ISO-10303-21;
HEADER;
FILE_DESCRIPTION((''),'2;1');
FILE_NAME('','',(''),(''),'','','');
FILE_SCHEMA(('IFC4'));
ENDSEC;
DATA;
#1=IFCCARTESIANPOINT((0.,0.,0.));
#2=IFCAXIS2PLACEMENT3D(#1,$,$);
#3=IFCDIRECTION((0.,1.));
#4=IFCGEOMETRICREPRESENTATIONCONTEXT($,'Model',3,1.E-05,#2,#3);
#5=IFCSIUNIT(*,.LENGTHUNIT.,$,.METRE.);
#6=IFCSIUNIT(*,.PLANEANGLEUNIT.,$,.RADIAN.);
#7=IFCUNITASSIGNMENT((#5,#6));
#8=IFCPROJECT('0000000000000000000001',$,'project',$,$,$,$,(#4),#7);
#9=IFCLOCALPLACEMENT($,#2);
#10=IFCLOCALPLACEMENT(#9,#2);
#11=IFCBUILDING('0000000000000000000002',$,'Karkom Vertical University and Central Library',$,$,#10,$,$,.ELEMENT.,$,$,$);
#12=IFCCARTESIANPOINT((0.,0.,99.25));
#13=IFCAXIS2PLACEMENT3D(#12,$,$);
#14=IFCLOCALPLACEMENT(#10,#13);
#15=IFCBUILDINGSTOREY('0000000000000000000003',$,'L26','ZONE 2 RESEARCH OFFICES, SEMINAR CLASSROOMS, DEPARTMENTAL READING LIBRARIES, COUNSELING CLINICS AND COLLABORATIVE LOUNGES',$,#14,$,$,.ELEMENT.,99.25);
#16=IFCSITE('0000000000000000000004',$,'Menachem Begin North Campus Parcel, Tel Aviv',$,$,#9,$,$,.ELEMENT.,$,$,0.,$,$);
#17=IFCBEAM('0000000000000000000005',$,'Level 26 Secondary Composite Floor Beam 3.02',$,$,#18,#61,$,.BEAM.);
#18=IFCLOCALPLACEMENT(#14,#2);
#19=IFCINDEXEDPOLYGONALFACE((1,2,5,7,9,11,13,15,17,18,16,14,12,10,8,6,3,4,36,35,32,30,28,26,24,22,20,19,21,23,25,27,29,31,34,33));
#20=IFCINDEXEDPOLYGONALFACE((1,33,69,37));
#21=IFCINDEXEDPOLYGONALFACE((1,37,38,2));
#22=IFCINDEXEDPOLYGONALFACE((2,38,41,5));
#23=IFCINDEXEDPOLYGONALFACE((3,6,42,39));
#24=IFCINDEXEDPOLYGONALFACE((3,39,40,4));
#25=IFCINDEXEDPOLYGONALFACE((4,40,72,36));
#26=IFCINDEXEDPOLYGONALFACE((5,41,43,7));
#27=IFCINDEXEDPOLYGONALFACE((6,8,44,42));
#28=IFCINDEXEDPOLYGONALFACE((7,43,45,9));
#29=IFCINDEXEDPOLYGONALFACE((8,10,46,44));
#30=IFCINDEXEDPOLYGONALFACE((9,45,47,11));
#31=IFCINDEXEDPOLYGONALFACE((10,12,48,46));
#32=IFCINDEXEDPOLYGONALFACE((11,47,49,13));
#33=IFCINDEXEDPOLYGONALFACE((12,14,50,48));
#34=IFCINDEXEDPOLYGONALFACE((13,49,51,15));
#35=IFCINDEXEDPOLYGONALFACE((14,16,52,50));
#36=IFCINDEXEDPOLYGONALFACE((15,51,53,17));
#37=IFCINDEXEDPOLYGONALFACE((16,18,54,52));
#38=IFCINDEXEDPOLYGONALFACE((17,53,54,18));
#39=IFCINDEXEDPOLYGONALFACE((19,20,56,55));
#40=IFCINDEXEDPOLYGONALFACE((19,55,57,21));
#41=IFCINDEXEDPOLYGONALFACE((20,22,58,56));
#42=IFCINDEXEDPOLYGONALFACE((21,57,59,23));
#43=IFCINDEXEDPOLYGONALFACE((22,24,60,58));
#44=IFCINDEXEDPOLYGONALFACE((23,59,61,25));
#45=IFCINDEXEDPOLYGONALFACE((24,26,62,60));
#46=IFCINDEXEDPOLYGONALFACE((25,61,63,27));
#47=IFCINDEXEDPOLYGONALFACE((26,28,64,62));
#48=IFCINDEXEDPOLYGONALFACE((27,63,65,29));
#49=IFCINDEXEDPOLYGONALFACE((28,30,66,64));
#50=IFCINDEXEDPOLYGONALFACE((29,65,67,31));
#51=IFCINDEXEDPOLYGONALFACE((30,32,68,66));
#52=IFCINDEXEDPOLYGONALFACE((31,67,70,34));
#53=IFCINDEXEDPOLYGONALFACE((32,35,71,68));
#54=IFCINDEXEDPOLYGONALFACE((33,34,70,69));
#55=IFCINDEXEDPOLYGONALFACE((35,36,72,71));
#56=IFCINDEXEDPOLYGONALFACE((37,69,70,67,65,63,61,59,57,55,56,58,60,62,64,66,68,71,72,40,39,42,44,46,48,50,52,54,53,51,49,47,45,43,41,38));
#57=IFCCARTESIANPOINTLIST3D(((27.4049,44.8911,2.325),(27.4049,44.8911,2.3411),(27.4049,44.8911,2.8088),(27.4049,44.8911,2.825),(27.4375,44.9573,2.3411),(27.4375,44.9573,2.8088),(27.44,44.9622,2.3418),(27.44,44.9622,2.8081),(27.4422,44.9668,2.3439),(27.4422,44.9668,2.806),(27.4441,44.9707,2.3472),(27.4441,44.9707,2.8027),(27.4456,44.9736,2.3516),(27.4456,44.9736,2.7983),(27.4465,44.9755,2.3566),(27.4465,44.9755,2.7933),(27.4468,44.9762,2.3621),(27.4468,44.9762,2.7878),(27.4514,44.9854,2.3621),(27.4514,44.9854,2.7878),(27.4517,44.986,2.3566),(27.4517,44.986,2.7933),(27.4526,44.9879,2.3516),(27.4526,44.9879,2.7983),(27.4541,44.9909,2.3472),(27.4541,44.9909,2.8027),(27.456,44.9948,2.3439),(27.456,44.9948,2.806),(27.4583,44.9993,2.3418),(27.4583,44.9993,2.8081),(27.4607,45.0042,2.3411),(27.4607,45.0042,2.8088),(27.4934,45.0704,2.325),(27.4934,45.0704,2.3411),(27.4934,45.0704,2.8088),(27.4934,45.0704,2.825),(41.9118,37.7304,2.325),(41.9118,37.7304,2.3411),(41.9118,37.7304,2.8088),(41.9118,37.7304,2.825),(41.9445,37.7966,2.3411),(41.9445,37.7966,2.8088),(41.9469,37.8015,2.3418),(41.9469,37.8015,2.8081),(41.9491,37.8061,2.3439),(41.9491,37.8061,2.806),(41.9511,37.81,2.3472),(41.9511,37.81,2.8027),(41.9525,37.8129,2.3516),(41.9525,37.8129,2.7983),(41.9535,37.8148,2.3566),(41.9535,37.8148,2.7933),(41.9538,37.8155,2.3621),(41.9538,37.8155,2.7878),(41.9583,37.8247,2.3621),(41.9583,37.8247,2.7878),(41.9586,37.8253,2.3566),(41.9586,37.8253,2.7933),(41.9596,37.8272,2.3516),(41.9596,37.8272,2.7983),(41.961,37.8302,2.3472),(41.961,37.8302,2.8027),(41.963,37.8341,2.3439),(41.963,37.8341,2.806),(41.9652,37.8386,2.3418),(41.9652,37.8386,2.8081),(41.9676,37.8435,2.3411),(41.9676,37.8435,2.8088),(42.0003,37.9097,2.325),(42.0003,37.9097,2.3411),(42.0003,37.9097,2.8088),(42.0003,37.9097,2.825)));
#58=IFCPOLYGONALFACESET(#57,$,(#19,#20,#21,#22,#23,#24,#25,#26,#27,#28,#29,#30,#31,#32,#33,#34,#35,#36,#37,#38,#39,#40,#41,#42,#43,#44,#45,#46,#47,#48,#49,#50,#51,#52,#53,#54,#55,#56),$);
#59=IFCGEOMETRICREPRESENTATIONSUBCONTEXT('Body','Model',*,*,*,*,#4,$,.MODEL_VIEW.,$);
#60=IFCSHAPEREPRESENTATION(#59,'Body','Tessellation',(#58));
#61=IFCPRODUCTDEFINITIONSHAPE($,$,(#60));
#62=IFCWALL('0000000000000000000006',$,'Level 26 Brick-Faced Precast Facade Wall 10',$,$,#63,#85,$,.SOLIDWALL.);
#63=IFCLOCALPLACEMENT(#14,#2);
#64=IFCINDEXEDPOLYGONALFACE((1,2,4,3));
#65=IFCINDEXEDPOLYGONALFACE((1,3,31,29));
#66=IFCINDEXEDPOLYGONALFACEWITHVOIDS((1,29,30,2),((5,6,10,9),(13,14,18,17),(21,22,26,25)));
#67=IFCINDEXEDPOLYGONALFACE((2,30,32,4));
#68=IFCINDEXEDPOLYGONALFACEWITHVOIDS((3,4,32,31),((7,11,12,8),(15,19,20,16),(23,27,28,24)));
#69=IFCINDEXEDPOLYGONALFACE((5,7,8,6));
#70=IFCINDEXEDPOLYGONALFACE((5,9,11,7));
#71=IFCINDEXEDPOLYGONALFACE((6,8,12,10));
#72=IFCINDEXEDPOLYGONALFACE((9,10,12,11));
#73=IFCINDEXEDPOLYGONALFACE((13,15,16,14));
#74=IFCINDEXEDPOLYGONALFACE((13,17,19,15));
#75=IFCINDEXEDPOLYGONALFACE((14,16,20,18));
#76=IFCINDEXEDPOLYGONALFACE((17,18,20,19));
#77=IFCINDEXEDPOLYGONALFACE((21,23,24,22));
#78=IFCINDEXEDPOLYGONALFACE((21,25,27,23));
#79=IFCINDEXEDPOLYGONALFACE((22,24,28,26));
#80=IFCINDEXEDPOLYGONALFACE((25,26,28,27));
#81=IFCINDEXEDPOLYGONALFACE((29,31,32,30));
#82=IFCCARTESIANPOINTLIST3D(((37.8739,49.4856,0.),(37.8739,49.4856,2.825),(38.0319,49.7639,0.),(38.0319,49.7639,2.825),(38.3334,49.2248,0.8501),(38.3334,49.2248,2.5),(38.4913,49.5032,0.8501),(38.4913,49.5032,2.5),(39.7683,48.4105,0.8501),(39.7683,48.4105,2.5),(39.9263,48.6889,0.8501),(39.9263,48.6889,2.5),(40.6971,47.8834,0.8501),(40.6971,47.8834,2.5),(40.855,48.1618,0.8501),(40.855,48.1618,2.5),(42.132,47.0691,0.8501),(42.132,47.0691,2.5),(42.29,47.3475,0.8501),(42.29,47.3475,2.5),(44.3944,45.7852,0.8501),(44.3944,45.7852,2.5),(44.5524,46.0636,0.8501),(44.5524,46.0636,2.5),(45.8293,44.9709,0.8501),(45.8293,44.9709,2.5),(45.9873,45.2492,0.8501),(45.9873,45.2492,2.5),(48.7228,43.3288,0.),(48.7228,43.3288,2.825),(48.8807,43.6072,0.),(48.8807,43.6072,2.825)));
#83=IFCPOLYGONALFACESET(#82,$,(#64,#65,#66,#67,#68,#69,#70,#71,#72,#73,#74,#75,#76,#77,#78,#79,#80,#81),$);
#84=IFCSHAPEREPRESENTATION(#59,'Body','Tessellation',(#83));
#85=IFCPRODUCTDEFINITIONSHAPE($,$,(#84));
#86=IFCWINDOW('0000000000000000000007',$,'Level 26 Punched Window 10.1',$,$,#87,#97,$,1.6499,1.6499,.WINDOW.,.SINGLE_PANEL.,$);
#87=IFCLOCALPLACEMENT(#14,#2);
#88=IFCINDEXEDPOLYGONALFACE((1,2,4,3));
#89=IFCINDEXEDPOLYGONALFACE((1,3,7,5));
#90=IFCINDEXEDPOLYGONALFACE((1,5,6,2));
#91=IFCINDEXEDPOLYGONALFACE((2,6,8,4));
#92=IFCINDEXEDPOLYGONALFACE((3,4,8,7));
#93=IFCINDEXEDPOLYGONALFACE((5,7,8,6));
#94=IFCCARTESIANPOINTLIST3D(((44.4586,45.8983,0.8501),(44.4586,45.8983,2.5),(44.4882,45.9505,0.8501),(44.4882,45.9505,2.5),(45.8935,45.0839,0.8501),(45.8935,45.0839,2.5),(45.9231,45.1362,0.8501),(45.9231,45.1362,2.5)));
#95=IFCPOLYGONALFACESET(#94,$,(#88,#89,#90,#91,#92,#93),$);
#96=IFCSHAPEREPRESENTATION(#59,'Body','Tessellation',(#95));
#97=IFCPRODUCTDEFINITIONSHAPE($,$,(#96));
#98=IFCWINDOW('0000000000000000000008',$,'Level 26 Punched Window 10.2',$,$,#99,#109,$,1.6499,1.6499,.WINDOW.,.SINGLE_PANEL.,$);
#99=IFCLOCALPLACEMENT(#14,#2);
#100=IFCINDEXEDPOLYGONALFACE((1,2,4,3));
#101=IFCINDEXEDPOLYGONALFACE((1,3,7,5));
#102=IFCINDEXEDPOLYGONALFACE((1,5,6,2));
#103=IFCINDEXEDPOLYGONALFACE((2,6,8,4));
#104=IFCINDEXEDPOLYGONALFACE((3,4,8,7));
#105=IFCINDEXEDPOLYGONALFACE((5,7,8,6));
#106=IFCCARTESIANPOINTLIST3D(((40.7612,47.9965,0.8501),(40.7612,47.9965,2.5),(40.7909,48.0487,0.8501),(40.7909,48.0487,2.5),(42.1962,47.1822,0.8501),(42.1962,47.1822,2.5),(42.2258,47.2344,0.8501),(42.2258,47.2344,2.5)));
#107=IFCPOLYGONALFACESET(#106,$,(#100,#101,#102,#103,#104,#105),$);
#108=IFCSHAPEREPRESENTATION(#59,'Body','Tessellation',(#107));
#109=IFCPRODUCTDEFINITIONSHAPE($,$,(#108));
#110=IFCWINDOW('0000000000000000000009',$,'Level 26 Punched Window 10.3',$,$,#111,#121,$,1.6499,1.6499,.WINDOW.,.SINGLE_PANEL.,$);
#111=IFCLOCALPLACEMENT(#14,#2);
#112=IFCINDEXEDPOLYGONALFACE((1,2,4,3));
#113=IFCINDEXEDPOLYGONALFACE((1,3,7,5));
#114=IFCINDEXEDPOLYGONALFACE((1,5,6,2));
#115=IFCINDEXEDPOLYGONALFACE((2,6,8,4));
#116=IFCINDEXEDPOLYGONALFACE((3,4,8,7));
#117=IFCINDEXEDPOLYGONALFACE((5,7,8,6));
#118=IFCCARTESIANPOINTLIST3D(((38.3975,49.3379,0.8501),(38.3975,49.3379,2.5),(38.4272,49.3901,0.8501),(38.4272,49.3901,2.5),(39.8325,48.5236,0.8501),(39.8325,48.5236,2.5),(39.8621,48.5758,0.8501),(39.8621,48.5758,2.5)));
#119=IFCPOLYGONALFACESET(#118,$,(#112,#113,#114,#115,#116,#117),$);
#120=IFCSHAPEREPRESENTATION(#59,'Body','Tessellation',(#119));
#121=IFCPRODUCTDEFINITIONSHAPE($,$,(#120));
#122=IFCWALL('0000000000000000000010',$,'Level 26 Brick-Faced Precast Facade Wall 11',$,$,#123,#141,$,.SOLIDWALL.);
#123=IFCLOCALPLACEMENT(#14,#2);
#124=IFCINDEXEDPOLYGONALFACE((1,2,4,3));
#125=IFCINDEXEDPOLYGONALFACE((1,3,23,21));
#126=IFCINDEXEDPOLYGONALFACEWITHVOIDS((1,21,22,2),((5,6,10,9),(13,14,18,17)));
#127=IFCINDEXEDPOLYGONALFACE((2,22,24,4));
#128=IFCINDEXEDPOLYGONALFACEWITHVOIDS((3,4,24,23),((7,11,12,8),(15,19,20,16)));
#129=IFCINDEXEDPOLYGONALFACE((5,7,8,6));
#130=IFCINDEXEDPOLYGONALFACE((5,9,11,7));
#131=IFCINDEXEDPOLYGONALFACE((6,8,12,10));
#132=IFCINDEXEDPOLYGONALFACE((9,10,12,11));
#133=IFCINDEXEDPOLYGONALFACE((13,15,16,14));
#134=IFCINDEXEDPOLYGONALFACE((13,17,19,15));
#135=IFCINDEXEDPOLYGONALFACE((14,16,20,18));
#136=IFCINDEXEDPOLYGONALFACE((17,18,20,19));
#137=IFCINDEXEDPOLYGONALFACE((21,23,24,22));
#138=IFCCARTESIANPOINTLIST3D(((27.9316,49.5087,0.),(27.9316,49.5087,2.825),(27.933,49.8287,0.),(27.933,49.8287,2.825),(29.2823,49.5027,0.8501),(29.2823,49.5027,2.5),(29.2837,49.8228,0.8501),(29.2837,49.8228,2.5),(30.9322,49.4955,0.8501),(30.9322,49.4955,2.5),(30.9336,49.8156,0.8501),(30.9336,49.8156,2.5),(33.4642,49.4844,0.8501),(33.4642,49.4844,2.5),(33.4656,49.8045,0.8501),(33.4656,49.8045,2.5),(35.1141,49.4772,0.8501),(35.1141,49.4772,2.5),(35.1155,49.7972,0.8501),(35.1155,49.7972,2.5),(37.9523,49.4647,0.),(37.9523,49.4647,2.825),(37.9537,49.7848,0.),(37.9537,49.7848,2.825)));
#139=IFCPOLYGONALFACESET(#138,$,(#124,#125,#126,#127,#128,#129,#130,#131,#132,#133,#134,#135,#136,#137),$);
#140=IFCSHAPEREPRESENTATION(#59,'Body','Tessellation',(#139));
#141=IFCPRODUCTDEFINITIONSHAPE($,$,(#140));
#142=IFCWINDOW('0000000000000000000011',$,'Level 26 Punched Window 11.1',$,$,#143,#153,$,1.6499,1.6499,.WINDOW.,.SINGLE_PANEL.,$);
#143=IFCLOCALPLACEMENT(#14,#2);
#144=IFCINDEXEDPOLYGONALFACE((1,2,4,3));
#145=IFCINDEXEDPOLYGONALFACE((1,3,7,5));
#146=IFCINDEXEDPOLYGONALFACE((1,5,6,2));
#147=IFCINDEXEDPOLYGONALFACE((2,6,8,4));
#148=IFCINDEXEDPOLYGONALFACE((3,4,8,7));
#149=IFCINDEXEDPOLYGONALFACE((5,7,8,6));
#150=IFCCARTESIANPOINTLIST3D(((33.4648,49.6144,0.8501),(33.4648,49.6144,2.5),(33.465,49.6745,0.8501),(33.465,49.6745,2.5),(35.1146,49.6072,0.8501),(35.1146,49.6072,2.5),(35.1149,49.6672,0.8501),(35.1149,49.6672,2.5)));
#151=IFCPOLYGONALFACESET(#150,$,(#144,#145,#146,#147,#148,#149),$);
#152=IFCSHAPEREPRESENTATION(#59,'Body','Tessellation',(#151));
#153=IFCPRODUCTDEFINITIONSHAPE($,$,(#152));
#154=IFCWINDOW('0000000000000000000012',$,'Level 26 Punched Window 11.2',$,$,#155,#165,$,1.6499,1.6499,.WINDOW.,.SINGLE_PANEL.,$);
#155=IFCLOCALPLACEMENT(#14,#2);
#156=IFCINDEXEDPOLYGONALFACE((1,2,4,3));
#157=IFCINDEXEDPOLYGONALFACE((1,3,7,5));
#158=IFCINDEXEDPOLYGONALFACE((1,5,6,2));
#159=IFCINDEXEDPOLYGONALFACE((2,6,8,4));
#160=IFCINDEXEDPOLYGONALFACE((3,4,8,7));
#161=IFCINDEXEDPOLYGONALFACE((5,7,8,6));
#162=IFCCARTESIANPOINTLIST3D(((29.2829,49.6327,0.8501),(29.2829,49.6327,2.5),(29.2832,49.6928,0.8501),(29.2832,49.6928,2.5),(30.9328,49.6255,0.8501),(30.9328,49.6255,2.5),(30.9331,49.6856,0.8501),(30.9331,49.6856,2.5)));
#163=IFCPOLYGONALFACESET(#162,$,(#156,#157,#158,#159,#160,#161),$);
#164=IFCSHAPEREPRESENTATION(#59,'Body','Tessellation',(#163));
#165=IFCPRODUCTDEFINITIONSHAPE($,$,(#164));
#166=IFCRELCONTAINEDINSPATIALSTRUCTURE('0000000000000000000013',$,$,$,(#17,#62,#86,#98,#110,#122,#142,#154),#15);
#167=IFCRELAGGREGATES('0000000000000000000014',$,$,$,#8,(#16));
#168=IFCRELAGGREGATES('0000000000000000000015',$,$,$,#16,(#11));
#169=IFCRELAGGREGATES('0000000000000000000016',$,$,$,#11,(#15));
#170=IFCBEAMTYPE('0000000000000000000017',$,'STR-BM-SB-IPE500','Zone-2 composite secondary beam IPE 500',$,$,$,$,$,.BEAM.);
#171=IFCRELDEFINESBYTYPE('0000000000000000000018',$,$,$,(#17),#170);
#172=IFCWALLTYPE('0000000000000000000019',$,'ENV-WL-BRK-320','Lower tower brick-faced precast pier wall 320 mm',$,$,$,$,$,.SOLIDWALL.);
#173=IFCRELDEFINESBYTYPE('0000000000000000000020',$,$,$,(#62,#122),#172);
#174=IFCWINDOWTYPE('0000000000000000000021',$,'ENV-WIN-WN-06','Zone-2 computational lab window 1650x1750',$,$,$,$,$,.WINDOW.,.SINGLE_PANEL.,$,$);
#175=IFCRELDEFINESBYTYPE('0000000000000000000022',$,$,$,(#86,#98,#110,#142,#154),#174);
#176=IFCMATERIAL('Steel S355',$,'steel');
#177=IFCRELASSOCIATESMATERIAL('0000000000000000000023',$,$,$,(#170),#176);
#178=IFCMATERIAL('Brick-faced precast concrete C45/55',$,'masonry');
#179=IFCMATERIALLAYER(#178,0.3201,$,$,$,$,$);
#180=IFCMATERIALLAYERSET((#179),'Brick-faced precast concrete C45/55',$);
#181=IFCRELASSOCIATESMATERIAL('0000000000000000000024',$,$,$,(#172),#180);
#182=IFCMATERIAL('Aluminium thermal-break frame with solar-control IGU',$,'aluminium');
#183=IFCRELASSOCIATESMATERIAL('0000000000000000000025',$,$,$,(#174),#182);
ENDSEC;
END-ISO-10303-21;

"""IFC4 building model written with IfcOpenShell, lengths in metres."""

from ifc_helpers import new_model, si_unit, direction, frame, frame_2d, origin, origin_with_axes, origin_2d, place, context, subcontext, project, spatial, rectangle, i_section, extrude, source, transform, mapped, material, layer, layer_set, material_profile, profile_set, type_object, element, fill, save


model = new_model("IFC4")

# Units and contexts
model_context = context("Model", 3, precision=1e-05, world=origin(), true_north=direction((0.0, 1.0)))
body_context = subcontext(model_context, "Body", "Model", "MODEL_VIEW")
ifc_project = project(units=[si_unit("LENGTHUNIT", "METRE"), si_unit("PLANEANGLEUNIT", "RADIAN")], contexts=[model_context])

# Site, building, storey
site_placement = place(None, origin())
site = spatial("IfcSite", under=ifc_project, at=site_placement, Name="Menachem Begin North Campus Parcel, Tel Aviv", CompositionType="ELEMENT", RefElevation=0.0)
building_placement = place(site_placement, origin())
building = spatial("IfcBuilding", under=site, at=building_placement, Name="Karkom Vertical University and Central Library", CompositionType="ELEMENT")
storey_placement = place(building_placement, frame((0.0, 0.0, 99.25)))
storey = spatial("IfcBuildingStorey", under=building, at=storey_placement, Name="L26", Description="ZONE 2 RESEARCH OFFICES, SEMINAR CLASSROOMS, DEPARTMENTAL READING LIBRARIES, COUNSELING CLINICS AND COLLABORATIVE LOUNGES", CompositionType="ELEMENT", Elevation=99.25)

# Beam
ifc_material_1 = material(Name="Steel S355", Category="steel")
ifc_material_profile_1 = material_profile(ifc_material_1, i_section(OverallWidth=0.2, OverallDepth=0.5, WebThickness=0.0103, FlangeThickness=0.0161, FilletRadius=0.021, at=origin_2d()), Name="IPE 500")
ifc_profile_set_1 = profile_set([ifc_material_profile_1], Name="Steel S355")
beam_type_1 = type_object("IfcBeamType", Name="STR-BM-SB-IPE500", Description="Zone-2 composite secondary beam IPE 500", PredefinedType="BEAM", material=ifc_profile_set_1)
shared_shape_1 = source(origin_with_axes(), body_context, "Body", "SweptSolid", [
    extrude(i_section(OverallWidth=0.2, OverallDepth=0.5, WebThickness=0.0103, FlangeThickness=0.0161, FilletRadius=0.021, at=origin_2d()), origin(), (0.0, 0.0, 1.0), 16.178),
])
beam_1_placement = place(storey_placement, frame((41.9561, 37.8201, 2.575), z_axis=(-0.896709, 0.44262, 0.0), x_axis=(-0.44262, -0.896709, 0.0)))
element("IfcBeam", 1, at=beam_1_placement, inside=storey, type_object=beam_type_1, Name="Level 26 Secondary Composite Floor Beam 3.02", PredefinedType="BEAM", context=body_context, shape_type="MappedRepresentation", body=[
    mapped(shared_shape_1, transform((0.0, 0.0, 0.0), scale=1.0)),
])

# Walls, openings, windows
ifc_material_2 = material(Name="Brick-faced precast concrete C45/55", Category="masonry")
ifc_layer_1 = layer(ifc_material_2, 0.3201)
ifc_layer_set_1 = layer_set([ifc_layer_1], Name="Brick-faced precast concrete C45/55")
wall_type_1 = type_object("IfcWallType", Name="ENV-WL-BRK-320", Description="Lower tower brick-faced precast pier wall 320 mm", PredefinedType="SOLIDWALL", material=ifc_layer_set_1)
wall_1_placement = place(storey_placement, frame((48.8018, 43.468, 0.0), z_axis=(0.0, 0.0, 1.0), x_axis=(-0.869711, 0.493561, 0.0)))
wall_1 = element("IfcWall", 2, at=wall_1_placement, inside=storey, type_object=wall_type_1, Name="Level 26 Brick-Faced Precast Facade Wall 10", PredefinedType="SOLIDWALL", context=body_context, shape_type="SweptSolid", body=[
    extrude(rectangle(XDim=12.4741, YDim=0.3201, at=frame_2d((6.2371, 0.0))), origin(), (0.0, 0.0, 1.0), 2.825),
])
opening_1_placement = place(wall_1_placement, frame((3.3269, 0.0, 0.8501)))
opening_1 = element("IfcOpeningElement", 3, at=opening_1_placement, cuts=wall_1, PredefinedType="OPENING", context=body_context, shape_type="SweptSolid", body=[
    extrude(rectangle(XDim=1.6499, YDim=1.6499, at=frame_2d((0.825, 0.825))), frame((0.0, 0.1699, 0.0), z_axis=(0.0, -1.0, 0.0), x_axis=(1.0, 0.0, 0.0)), (0.0, 0.0, 1.0), 0.3401),
])
opening_2_placement = place(wall_1_placement, frame((7.5781, 0.0, 0.8501)))
opening_2 = element("IfcOpeningElement", 4, at=opening_2_placement, cuts=wall_1, PredefinedType="OPENING", context=body_context, shape_type="SweptSolid", body=[
    extrude(rectangle(XDim=1.6499, YDim=1.6499, at=frame_2d((0.825, 0.825))), frame((0.0, 0.1699, 0.0), z_axis=(0.0, -1.0, 0.0), x_axis=(1.0, 0.0, 0.0)), (0.0, 0.0, 1.0), 0.3401),
])
opening_3_placement = place(wall_1_placement, frame((10.2959, 0.0, 0.8501)))
opening_3 = element("IfcOpeningElement", 5, at=opening_3_placement, cuts=wall_1, PredefinedType="OPENING", context=body_context, shape_type="SweptSolid", body=[
    extrude(rectangle(XDim=1.6499, YDim=1.6499, at=frame_2d((0.825, 0.825))), frame((0.0, 0.1699, 0.0), z_axis=(0.0, -1.0, 0.0), x_axis=(1.0, 0.0, 0.0)), (0.0, 0.0, 1.0), 0.3401),
])
ifc_material_3 = material(Name="Aluminium thermal-break frame with solar-control IGU", Category="aluminium")
window_type = type_object("IfcWindowType", Name="ENV-WIN-WN-06", Description="Zone-2 computational lab window 1650x1750", PartitioningType="SINGLE_PANEL", PredefinedType="WINDOW", material=ifc_material_3)
shared_shape_2 = source(origin_with_axes(), body_context, "Body", "SweptSolid", [
    extrude(rectangle(XDim=1.6499, YDim=1.6499, at=frame_2d((0.825, 0.825))), frame((0.0, 0.03, 0.0), z_axis=(0.0, -1.0, 0.0), x_axis=(1.0, 0.0, 0.0)), (0.0, 0.0, 1.0), 0.0601),
])
window_1_placement = place(opening_1_placement, origin())
window_1 = element("IfcWindow", 6, at=window_1_placement, inside=storey, type_object=window_type, Name="Level 26 Punched Window 10.1", OverallHeight=1.6499, OverallWidth=1.6499, PartitioningType="SINGLE_PANEL", PredefinedType="WINDOW", context=body_context, shape_type="MappedRepresentation", body=[
    mapped(shared_shape_2, transform((0.0, 0.0, 0.0), scale=1.0)),
])
fill(opening_1, window_1)
window_2_placement = place(opening_2_placement, origin())
window_2 = element("IfcWindow", 7, at=window_2_placement, inside=storey, type_object=window_type, Name="Level 26 Punched Window 10.2", OverallHeight=1.6499, OverallWidth=1.6499, PartitioningType="SINGLE_PANEL", PredefinedType="WINDOW", context=body_context, shape_type="MappedRepresentation", body=[
    mapped(shared_shape_2, transform((0.0, 0.0, 0.0), scale=1.0)),
])
fill(opening_2, window_2)
window_3_placement = place(opening_3_placement, origin())
window_3 = element("IfcWindow", 8, at=window_3_placement, inside=storey, type_object=window_type, Name="Level 26 Punched Window 10.3", OverallHeight=1.6499, OverallWidth=1.6499, PartitioningType="SINGLE_PANEL", PredefinedType="WINDOW", context=body_context, shape_type="MappedRepresentation", body=[
    mapped(shared_shape_2, transform((0.0, 0.0, 0.0), scale=1.0)),
])
fill(opening_3, window_3)
wall_2_placement = place(storey_placement, frame((37.9529, 49.6248, 0.0), z_axis=(0.0, 0.0, 1.0), x_axis=(-0.99999, 0.004385, 0.0)))
wall_2 = element("IfcWall", 9, at=wall_2_placement, inside=storey, type_object=wall_type_1, Name="Level 26 Brick-Faced Precast Facade Wall 11", PredefinedType="SOLIDWALL", context=body_context, shape_type="SweptSolid", body=[
    extrude(rectangle(XDim=10.0208, YDim=0.3201, at=frame_2d((5.0103, 0.0))), origin(), (0.0, 0.0, 1.0), 2.825),
])
opening_4_placement = place(wall_2_placement, frame((2.8381, 0.0, 0.8501)))
opening_4 = element("IfcOpeningElement", 10, at=opening_4_placement, cuts=wall_2, PredefinedType="OPENING", context=body_context, shape_type="SweptSolid", body=[
    extrude(rectangle(XDim=1.6499, YDim=1.6499, at=frame_2d((0.825, 0.825))), frame((0.0, 0.1699, 0.0), z_axis=(0.0, -1.0, 0.0), x_axis=(1.0, 0.0, 0.0)), (0.0, 0.0, 1.0), 0.3401),
])
opening_5_placement = place(wall_2_placement, frame((7.02, 0.0, 0.8501)))
opening_5 = element("IfcOpeningElement", 11, at=opening_5_placement, cuts=wall_2, PredefinedType="OPENING", context=body_context, shape_type="SweptSolid", body=[
    extrude(rectangle(XDim=1.6499, YDim=1.6499, at=frame_2d((0.825, 0.825))), frame((0.0, 0.1699, 0.0), z_axis=(0.0, -1.0, 0.0), x_axis=(1.0, 0.0, 0.0)), (0.0, 0.0, 1.0), 0.3401),
])
window_4_placement = place(opening_4_placement, origin())
window_4 = element("IfcWindow", 12, at=window_4_placement, inside=storey, type_object=window_type, Name="Level 26 Punched Window 11.1", OverallHeight=1.6499, OverallWidth=1.6499, PartitioningType="SINGLE_PANEL", PredefinedType="WINDOW", context=body_context, shape_type="MappedRepresentation", body=[
    mapped(shared_shape_2, transform((0.0, 0.0, 0.0), scale=1.0)),
])
fill(opening_4, window_4)
window_5_placement = place(opening_5_placement, origin())
window_5 = element("IfcWindow", 13, at=window_5_placement, inside=storey, type_object=window_type, Name="Level 26 Punched Window 11.2", OverallHeight=1.6499, OverallWidth=1.6499, PartitioningType="SINGLE_PANEL", PredefinedType="WINDOW", context=body_context, shape_type="MappedRepresentation", body=[
    mapped(shared_shape_2, transform((0.0, 0.0, 0.0), scale=1.0)),
])
fill(opening_5, window_5)

save(model, "model.ifc")
